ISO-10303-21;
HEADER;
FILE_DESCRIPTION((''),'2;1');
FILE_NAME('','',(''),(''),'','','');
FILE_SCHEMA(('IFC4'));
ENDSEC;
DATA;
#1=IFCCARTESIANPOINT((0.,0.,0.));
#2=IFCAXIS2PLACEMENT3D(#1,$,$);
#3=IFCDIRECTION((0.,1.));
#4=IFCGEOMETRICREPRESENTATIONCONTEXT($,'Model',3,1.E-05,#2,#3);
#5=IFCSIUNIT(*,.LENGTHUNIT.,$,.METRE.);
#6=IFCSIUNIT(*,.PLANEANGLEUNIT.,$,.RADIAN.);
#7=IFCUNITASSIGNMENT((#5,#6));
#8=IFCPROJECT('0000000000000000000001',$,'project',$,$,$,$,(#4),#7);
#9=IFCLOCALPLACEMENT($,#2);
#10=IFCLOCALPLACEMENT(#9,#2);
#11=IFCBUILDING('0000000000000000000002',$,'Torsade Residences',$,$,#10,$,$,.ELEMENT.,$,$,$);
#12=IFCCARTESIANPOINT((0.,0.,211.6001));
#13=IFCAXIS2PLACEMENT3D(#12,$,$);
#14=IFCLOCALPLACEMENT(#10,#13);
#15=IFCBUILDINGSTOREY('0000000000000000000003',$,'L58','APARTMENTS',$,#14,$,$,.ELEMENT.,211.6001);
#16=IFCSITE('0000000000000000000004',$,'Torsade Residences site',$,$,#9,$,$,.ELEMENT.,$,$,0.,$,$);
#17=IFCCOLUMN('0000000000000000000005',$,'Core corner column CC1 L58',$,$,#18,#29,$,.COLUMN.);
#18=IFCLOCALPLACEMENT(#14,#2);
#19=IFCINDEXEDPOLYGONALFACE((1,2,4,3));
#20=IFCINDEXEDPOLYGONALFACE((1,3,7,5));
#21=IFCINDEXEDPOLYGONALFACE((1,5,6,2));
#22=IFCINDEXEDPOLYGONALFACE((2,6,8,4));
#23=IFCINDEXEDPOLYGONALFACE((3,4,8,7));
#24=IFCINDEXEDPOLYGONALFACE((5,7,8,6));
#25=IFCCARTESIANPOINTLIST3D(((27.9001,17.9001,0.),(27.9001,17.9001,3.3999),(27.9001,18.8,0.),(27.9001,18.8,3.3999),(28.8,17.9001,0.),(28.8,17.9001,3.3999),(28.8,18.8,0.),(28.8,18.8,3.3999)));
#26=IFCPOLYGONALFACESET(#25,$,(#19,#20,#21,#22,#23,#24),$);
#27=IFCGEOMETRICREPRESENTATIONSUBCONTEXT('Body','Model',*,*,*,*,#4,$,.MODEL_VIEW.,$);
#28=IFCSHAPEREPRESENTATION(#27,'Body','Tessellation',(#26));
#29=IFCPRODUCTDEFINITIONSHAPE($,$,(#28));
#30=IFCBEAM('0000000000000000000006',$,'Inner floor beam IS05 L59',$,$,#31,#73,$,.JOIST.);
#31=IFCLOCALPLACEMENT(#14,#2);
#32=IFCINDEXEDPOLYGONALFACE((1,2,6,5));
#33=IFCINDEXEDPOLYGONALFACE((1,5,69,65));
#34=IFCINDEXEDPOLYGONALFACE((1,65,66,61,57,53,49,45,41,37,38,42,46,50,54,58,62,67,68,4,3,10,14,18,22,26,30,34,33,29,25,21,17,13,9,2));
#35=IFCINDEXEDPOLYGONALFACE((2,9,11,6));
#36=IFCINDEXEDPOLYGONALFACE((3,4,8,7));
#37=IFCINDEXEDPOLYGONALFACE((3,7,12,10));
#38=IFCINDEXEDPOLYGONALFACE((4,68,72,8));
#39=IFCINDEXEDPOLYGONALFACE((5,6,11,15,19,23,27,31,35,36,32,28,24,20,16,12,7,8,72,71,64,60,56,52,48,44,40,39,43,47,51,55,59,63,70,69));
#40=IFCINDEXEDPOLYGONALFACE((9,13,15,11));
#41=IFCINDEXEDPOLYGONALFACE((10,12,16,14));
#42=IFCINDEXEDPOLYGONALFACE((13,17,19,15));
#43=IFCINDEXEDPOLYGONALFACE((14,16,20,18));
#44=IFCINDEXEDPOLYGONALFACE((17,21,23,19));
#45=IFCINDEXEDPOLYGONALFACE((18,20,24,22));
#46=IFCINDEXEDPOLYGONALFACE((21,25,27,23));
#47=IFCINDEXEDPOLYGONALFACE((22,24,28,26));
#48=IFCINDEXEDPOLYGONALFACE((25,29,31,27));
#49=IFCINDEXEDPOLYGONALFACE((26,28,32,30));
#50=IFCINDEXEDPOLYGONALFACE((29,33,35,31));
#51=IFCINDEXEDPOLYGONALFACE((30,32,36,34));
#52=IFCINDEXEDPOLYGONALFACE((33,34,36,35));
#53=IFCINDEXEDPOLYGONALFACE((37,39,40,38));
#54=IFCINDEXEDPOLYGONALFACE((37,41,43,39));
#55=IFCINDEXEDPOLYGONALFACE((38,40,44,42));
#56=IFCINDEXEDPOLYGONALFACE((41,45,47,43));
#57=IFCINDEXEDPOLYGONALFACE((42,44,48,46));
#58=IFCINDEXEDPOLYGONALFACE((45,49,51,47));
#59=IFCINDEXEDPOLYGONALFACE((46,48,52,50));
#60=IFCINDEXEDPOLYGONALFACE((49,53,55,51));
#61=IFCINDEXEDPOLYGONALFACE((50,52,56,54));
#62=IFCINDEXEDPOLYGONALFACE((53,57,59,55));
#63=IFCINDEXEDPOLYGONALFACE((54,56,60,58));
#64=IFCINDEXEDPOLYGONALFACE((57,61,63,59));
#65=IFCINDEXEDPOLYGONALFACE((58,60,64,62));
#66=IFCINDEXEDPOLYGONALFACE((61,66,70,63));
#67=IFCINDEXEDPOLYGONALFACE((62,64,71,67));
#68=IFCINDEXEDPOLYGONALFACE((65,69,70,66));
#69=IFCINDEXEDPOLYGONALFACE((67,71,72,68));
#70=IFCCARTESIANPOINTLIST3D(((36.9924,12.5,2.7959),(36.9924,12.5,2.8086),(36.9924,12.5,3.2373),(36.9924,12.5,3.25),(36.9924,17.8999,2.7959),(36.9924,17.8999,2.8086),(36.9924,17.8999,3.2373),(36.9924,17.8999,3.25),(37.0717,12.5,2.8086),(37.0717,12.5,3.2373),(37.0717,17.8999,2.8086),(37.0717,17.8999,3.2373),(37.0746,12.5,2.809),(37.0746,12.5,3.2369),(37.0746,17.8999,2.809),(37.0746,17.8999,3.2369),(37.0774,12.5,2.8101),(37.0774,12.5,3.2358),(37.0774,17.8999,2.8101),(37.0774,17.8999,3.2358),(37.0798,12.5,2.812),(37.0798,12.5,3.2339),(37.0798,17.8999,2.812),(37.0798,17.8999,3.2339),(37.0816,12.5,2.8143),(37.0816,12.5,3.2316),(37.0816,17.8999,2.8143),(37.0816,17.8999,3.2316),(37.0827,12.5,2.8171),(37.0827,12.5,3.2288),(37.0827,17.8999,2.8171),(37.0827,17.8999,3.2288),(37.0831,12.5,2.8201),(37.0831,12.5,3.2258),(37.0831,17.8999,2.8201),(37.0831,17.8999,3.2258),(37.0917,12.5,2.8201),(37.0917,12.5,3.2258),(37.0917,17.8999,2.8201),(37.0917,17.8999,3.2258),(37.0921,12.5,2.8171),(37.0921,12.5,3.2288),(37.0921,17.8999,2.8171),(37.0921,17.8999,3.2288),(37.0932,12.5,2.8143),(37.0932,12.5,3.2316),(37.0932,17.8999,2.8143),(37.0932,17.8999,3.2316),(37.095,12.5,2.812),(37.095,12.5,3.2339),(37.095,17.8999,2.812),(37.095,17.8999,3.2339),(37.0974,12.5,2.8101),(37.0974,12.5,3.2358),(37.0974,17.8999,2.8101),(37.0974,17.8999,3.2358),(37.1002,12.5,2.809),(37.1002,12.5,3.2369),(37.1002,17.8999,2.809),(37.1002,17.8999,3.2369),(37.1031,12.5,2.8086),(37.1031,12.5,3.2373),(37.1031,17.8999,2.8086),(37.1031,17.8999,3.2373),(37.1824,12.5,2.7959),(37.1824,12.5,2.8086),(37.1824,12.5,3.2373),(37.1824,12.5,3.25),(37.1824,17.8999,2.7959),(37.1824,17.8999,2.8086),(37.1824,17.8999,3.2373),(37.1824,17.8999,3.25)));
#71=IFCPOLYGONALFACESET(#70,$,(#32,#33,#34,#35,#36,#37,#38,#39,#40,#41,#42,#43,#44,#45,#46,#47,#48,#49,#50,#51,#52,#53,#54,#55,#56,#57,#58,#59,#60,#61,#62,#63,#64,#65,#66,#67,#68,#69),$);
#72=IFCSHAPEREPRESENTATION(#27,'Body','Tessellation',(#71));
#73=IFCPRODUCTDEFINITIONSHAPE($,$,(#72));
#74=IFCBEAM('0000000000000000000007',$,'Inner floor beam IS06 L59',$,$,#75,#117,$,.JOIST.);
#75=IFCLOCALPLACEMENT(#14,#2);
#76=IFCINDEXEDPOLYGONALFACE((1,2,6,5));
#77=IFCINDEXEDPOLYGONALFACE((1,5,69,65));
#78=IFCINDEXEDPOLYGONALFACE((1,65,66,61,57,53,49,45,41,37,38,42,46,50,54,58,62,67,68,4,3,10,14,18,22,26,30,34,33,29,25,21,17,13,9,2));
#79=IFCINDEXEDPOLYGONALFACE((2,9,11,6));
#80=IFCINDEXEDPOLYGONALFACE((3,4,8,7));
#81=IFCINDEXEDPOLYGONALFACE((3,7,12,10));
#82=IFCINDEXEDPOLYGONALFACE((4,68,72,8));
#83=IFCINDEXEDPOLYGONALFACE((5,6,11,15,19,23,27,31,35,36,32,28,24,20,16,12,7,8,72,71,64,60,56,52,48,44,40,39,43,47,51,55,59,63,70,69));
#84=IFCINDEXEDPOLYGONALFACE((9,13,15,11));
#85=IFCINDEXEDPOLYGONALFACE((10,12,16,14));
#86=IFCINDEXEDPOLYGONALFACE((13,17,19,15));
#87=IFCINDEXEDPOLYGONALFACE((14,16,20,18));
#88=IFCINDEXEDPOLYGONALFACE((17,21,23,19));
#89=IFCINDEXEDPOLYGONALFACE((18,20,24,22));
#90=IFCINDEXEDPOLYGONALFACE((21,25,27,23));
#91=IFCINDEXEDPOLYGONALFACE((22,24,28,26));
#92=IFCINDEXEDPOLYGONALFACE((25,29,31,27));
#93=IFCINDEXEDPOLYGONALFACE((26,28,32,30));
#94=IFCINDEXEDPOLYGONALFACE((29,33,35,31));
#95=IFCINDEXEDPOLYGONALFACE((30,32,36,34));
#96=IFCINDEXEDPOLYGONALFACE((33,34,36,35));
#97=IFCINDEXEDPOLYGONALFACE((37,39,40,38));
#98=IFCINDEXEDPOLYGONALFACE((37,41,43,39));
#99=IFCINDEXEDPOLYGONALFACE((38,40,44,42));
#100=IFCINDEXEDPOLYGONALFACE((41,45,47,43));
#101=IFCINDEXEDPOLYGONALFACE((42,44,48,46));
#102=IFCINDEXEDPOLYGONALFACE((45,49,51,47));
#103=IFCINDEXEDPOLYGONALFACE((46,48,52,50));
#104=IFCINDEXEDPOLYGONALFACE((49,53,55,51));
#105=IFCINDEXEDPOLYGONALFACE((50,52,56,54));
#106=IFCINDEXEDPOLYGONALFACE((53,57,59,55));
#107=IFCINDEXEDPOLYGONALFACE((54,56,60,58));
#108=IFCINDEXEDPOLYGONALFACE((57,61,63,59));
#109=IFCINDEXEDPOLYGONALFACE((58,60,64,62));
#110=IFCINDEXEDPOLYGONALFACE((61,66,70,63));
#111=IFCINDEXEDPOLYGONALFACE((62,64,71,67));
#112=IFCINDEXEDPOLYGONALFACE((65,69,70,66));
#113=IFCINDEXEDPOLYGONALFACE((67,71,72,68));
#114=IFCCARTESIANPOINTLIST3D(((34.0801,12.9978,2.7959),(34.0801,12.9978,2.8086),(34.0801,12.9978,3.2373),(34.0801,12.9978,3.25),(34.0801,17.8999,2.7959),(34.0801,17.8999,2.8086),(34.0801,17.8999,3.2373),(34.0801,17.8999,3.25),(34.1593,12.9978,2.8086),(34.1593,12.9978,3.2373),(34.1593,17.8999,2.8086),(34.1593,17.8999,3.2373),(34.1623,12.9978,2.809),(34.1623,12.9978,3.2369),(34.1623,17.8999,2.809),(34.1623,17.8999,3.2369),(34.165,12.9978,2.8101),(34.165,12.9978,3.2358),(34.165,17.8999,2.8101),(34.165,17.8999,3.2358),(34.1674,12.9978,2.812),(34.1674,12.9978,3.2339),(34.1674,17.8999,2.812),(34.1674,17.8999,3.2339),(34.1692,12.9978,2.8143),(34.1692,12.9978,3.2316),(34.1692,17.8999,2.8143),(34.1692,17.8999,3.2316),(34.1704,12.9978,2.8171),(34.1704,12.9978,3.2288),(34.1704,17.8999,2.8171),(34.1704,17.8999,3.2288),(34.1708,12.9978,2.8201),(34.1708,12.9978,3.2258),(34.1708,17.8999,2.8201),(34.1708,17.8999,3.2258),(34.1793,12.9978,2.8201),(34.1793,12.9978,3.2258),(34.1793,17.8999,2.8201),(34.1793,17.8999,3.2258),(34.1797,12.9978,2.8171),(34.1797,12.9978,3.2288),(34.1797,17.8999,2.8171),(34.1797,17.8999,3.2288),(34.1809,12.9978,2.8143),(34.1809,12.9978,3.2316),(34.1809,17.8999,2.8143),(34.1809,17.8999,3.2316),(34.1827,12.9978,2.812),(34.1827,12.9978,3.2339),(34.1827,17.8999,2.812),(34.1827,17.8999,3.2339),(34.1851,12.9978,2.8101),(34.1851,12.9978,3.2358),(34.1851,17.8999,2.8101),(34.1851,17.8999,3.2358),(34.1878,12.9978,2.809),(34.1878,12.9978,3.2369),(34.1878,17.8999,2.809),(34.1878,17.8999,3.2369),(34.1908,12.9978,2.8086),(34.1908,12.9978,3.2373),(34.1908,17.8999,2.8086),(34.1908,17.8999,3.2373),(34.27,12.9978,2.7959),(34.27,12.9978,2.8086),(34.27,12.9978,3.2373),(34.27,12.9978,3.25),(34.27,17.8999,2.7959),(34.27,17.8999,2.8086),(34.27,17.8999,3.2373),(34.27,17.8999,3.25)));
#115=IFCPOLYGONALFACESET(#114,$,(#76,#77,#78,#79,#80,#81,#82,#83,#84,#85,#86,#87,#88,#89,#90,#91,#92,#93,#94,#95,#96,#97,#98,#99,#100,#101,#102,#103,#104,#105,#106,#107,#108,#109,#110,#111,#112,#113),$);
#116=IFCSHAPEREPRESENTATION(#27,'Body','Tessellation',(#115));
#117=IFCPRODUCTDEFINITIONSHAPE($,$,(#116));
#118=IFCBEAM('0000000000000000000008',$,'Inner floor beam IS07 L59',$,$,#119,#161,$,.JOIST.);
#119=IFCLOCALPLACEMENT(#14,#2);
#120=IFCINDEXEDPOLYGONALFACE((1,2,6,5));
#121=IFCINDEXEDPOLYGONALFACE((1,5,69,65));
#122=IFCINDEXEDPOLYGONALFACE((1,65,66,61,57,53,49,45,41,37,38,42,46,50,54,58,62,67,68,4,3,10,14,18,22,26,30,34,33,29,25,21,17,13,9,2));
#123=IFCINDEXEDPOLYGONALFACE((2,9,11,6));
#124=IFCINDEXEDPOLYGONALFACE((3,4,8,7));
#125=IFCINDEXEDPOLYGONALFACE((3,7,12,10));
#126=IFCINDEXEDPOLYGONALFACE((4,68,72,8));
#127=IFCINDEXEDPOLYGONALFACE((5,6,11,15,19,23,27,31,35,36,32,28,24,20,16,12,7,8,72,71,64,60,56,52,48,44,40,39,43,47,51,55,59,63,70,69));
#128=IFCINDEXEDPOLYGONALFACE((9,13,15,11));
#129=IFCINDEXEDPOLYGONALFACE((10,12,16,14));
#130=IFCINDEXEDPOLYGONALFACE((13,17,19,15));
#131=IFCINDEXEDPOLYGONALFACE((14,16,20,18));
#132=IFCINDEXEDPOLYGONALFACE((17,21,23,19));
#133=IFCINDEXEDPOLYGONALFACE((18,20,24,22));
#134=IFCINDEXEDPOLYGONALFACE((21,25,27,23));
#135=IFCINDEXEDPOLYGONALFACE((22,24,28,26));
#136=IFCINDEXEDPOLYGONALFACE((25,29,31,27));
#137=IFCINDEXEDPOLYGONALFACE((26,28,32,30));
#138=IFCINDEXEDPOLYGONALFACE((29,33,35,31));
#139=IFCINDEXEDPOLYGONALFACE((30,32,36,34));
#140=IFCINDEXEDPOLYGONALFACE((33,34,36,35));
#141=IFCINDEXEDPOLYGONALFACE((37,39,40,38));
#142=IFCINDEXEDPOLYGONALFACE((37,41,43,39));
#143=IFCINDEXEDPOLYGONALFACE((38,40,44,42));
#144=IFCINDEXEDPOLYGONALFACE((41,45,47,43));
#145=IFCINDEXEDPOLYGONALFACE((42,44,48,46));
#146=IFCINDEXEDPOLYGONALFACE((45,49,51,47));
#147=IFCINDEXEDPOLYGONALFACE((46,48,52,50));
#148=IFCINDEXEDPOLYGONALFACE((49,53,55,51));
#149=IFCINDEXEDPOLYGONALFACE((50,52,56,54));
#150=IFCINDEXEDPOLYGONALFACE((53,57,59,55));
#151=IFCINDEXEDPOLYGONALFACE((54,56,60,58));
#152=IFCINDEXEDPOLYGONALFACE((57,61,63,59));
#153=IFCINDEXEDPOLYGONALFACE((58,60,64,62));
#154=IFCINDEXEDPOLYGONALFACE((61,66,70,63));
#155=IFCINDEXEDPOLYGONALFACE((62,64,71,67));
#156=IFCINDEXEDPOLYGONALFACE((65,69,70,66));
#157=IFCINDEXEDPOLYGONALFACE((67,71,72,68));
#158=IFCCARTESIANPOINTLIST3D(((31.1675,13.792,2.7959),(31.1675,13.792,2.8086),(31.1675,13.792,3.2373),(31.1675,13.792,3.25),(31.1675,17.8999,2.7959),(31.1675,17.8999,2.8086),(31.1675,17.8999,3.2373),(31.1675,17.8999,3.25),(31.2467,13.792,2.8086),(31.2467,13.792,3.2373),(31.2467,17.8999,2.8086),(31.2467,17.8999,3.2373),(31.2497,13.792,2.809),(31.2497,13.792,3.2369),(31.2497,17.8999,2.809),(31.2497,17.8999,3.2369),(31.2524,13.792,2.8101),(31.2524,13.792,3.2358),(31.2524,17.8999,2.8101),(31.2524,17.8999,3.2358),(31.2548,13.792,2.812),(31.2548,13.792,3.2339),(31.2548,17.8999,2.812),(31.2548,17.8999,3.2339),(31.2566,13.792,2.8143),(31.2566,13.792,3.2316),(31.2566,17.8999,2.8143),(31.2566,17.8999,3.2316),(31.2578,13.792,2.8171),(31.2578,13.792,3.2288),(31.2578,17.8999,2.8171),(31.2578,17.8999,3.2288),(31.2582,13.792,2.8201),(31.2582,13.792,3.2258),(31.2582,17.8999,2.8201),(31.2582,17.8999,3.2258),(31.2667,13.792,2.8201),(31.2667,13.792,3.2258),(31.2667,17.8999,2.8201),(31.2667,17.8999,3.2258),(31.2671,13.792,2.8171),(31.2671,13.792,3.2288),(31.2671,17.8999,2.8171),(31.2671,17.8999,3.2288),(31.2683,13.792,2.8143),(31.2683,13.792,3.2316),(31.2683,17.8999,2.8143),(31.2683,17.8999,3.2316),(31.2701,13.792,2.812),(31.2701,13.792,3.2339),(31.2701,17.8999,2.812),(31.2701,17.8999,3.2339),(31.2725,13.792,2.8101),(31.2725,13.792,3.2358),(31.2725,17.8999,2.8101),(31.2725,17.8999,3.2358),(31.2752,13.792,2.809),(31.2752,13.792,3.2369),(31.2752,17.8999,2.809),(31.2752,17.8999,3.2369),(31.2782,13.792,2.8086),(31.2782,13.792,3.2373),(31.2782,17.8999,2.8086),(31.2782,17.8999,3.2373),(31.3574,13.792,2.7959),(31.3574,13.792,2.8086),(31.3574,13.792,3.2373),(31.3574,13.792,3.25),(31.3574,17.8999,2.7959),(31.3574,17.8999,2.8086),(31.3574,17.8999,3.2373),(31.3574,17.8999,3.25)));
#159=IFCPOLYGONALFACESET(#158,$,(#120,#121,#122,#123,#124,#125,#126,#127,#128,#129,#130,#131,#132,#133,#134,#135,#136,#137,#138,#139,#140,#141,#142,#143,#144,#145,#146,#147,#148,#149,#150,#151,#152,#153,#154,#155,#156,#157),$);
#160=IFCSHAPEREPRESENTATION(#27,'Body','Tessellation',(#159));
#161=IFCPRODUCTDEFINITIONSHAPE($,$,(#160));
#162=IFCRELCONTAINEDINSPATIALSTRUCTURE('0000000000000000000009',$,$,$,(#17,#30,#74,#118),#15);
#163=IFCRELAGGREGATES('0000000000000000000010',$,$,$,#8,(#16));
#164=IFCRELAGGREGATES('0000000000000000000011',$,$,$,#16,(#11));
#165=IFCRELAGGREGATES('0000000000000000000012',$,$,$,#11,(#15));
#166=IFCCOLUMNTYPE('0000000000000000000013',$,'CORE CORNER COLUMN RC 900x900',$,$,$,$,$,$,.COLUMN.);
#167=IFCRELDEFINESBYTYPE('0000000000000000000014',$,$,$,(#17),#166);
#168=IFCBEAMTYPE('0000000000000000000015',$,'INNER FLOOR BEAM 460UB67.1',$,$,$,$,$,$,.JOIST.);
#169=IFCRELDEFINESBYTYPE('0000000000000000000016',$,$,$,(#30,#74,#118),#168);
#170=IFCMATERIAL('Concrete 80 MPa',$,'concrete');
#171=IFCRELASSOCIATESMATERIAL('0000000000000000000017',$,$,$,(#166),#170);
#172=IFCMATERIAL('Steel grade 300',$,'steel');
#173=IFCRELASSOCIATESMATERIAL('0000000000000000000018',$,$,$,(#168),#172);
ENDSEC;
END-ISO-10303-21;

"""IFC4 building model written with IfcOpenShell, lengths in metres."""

from ifc_helpers import new_model, si_unit, direction, frame, origin, origin_2d, place, context, subcontext, project, spatial, rectangle, i_section, extrude, material, material_profile, profile_set, type_object, element, save


model = new_model("IFC4")

# Units and contexts
model_context = context("Model", 3, precision=1e-05, world=origin(), true_north=direction((0.0, 1.0)))
body_context = subcontext(model_context, "Body", "Model", "MODEL_VIEW")
ifc_project = project(units=[si_unit("LENGTHUNIT", "METRE"), si_unit("PLANEANGLEUNIT", "RADIAN")], contexts=[model_context])

# Site, building, storey
site_placement = place(None, origin())
site = spatial("IfcSite", under=ifc_project, at=site_placement, Name="Torsade Residences site", CompositionType="ELEMENT", RefElevation=0.0)
building_placement = place(site_placement, origin())
building = spatial("IfcBuilding", under=site, at=building_placement, Name="Torsade Residences", CompositionType="ELEMENT")
storey_placement = place(building_placement, frame((0.0, 0.0, 211.6001)))
storey = spatial("IfcBuildingStorey", under=building, at=storey_placement, Name="L58", Description="APARTMENTS", CompositionType="ELEMENT", Elevation=211.6001)

# Column
ifc_material_1 = material(Name="Concrete 80 MPa", Category="concrete")
ifc_material_profile_1 = material_profile(ifc_material_1, rectangle(XDim=0.8999, YDim=0.8999, at=origin_2d()), Name="RC 900x900")
ifc_profile_set_1 = profile_set([ifc_material_profile_1], Name="Concrete 80 MPa")
column_type = type_object("IfcColumnType", Name="CORE CORNER COLUMN RC 900x900", PredefinedType="COLUMN", material=ifc_profile_set_1)
column_placement = place(storey_placement, frame((28.3501, 18.3501, 0.0), z_axis=(0.0, 0.0, 1.0), x_axis=(1.0, 0.0, 0.0)))
element("IfcColumn", 1, at=column_placement, inside=storey, type_object=column_type, Name="Core corner column CC1 L58", PredefinedType="COLUMN", context=body_context, shape_type="SweptSolid", body=[
    extrude(rectangle(XDim=0.8999, YDim=0.8999, at=origin_2d()), origin(), (0.0, 0.0, 1.0), 3.3999),
])

# Beams
ifc_material_2 = material(Name="Steel grade 300", Category="steel")
ifc_material_profile_2 = material_profile(ifc_material_2, i_section(OverallWidth=0.1899, OverallDepth=0.4541, WebThickness=0.0085, FlangeThickness=0.0127, FilletRadius=0.0115, at=origin_2d()), Name="460UB67.1")
ifc_profile_set_2 = profile_set([ifc_material_profile_2], Name="Steel grade 300")
beam_type = type_object("IfcBeamType", Name="INNER FLOOR BEAM 460UB67.1", PredefinedType="JOIST", material=ifc_profile_set_2)
beam_1_placement = place(storey_placement, frame((37.0874, 17.8999, 3.0229), z_axis=(0.0, -1.0, 0.0), x_axis=(1.0, 0.0, 0.0)))
element("IfcBeam", 2, at=beam_1_placement, inside=storey, type_object=beam_type, Name="Inner floor beam IS05 L59", PredefinedType="JOIST", context=body_context, shape_type="SweptSolid", body=[
    extrude(i_section(OverallWidth=0.1899, OverallDepth=0.4541, WebThickness=0.0085, FlangeThickness=0.0127, FilletRadius=0.0115, at=origin_2d()), origin(), (0.0, 0.0, 1.0), 5.3999),
])
beam_2_placement = place(storey_placement, frame((34.175, 17.8999, 3.0229), z_axis=(0.0, -1.0, 0.0), x_axis=(1.0, 0.0, 0.0)))
element("IfcBeam", 3, at=beam_2_placement, inside=storey, type_object=beam_type, Name="Inner floor beam IS06 L59", PredefinedType="JOIST", context=body_context, shape_type="SweptSolid", body=[
    extrude(i_section(OverallWidth=0.1899, OverallDepth=0.4541, WebThickness=0.0085, FlangeThickness=0.0127, FilletRadius=0.0115, at=origin_2d()), origin(), (0.0, 0.0, 1.0), 4.9021),
])
beam_3_placement = place(storey_placement, frame((31.2625, 17.8999, 3.0229), z_axis=(0.0, -1.0, 0.0), x_axis=(1.0, 0.0, 0.0)))
element("IfcBeam", 4, at=beam_3_placement, inside=storey, type_object=beam_type, Name="Inner floor beam IS07 L59", PredefinedType="JOIST", context=body_context, shape_type="SweptSolid", body=[
    extrude(i_section(OverallWidth=0.1899, OverallDepth=0.4541, WebThickness=0.0085, FlangeThickness=0.0127, FilletRadius=0.0115, at=origin_2d()), origin(), (0.0, 0.0, 1.0), 4.1079),
])

save(model, "model.ifc")
